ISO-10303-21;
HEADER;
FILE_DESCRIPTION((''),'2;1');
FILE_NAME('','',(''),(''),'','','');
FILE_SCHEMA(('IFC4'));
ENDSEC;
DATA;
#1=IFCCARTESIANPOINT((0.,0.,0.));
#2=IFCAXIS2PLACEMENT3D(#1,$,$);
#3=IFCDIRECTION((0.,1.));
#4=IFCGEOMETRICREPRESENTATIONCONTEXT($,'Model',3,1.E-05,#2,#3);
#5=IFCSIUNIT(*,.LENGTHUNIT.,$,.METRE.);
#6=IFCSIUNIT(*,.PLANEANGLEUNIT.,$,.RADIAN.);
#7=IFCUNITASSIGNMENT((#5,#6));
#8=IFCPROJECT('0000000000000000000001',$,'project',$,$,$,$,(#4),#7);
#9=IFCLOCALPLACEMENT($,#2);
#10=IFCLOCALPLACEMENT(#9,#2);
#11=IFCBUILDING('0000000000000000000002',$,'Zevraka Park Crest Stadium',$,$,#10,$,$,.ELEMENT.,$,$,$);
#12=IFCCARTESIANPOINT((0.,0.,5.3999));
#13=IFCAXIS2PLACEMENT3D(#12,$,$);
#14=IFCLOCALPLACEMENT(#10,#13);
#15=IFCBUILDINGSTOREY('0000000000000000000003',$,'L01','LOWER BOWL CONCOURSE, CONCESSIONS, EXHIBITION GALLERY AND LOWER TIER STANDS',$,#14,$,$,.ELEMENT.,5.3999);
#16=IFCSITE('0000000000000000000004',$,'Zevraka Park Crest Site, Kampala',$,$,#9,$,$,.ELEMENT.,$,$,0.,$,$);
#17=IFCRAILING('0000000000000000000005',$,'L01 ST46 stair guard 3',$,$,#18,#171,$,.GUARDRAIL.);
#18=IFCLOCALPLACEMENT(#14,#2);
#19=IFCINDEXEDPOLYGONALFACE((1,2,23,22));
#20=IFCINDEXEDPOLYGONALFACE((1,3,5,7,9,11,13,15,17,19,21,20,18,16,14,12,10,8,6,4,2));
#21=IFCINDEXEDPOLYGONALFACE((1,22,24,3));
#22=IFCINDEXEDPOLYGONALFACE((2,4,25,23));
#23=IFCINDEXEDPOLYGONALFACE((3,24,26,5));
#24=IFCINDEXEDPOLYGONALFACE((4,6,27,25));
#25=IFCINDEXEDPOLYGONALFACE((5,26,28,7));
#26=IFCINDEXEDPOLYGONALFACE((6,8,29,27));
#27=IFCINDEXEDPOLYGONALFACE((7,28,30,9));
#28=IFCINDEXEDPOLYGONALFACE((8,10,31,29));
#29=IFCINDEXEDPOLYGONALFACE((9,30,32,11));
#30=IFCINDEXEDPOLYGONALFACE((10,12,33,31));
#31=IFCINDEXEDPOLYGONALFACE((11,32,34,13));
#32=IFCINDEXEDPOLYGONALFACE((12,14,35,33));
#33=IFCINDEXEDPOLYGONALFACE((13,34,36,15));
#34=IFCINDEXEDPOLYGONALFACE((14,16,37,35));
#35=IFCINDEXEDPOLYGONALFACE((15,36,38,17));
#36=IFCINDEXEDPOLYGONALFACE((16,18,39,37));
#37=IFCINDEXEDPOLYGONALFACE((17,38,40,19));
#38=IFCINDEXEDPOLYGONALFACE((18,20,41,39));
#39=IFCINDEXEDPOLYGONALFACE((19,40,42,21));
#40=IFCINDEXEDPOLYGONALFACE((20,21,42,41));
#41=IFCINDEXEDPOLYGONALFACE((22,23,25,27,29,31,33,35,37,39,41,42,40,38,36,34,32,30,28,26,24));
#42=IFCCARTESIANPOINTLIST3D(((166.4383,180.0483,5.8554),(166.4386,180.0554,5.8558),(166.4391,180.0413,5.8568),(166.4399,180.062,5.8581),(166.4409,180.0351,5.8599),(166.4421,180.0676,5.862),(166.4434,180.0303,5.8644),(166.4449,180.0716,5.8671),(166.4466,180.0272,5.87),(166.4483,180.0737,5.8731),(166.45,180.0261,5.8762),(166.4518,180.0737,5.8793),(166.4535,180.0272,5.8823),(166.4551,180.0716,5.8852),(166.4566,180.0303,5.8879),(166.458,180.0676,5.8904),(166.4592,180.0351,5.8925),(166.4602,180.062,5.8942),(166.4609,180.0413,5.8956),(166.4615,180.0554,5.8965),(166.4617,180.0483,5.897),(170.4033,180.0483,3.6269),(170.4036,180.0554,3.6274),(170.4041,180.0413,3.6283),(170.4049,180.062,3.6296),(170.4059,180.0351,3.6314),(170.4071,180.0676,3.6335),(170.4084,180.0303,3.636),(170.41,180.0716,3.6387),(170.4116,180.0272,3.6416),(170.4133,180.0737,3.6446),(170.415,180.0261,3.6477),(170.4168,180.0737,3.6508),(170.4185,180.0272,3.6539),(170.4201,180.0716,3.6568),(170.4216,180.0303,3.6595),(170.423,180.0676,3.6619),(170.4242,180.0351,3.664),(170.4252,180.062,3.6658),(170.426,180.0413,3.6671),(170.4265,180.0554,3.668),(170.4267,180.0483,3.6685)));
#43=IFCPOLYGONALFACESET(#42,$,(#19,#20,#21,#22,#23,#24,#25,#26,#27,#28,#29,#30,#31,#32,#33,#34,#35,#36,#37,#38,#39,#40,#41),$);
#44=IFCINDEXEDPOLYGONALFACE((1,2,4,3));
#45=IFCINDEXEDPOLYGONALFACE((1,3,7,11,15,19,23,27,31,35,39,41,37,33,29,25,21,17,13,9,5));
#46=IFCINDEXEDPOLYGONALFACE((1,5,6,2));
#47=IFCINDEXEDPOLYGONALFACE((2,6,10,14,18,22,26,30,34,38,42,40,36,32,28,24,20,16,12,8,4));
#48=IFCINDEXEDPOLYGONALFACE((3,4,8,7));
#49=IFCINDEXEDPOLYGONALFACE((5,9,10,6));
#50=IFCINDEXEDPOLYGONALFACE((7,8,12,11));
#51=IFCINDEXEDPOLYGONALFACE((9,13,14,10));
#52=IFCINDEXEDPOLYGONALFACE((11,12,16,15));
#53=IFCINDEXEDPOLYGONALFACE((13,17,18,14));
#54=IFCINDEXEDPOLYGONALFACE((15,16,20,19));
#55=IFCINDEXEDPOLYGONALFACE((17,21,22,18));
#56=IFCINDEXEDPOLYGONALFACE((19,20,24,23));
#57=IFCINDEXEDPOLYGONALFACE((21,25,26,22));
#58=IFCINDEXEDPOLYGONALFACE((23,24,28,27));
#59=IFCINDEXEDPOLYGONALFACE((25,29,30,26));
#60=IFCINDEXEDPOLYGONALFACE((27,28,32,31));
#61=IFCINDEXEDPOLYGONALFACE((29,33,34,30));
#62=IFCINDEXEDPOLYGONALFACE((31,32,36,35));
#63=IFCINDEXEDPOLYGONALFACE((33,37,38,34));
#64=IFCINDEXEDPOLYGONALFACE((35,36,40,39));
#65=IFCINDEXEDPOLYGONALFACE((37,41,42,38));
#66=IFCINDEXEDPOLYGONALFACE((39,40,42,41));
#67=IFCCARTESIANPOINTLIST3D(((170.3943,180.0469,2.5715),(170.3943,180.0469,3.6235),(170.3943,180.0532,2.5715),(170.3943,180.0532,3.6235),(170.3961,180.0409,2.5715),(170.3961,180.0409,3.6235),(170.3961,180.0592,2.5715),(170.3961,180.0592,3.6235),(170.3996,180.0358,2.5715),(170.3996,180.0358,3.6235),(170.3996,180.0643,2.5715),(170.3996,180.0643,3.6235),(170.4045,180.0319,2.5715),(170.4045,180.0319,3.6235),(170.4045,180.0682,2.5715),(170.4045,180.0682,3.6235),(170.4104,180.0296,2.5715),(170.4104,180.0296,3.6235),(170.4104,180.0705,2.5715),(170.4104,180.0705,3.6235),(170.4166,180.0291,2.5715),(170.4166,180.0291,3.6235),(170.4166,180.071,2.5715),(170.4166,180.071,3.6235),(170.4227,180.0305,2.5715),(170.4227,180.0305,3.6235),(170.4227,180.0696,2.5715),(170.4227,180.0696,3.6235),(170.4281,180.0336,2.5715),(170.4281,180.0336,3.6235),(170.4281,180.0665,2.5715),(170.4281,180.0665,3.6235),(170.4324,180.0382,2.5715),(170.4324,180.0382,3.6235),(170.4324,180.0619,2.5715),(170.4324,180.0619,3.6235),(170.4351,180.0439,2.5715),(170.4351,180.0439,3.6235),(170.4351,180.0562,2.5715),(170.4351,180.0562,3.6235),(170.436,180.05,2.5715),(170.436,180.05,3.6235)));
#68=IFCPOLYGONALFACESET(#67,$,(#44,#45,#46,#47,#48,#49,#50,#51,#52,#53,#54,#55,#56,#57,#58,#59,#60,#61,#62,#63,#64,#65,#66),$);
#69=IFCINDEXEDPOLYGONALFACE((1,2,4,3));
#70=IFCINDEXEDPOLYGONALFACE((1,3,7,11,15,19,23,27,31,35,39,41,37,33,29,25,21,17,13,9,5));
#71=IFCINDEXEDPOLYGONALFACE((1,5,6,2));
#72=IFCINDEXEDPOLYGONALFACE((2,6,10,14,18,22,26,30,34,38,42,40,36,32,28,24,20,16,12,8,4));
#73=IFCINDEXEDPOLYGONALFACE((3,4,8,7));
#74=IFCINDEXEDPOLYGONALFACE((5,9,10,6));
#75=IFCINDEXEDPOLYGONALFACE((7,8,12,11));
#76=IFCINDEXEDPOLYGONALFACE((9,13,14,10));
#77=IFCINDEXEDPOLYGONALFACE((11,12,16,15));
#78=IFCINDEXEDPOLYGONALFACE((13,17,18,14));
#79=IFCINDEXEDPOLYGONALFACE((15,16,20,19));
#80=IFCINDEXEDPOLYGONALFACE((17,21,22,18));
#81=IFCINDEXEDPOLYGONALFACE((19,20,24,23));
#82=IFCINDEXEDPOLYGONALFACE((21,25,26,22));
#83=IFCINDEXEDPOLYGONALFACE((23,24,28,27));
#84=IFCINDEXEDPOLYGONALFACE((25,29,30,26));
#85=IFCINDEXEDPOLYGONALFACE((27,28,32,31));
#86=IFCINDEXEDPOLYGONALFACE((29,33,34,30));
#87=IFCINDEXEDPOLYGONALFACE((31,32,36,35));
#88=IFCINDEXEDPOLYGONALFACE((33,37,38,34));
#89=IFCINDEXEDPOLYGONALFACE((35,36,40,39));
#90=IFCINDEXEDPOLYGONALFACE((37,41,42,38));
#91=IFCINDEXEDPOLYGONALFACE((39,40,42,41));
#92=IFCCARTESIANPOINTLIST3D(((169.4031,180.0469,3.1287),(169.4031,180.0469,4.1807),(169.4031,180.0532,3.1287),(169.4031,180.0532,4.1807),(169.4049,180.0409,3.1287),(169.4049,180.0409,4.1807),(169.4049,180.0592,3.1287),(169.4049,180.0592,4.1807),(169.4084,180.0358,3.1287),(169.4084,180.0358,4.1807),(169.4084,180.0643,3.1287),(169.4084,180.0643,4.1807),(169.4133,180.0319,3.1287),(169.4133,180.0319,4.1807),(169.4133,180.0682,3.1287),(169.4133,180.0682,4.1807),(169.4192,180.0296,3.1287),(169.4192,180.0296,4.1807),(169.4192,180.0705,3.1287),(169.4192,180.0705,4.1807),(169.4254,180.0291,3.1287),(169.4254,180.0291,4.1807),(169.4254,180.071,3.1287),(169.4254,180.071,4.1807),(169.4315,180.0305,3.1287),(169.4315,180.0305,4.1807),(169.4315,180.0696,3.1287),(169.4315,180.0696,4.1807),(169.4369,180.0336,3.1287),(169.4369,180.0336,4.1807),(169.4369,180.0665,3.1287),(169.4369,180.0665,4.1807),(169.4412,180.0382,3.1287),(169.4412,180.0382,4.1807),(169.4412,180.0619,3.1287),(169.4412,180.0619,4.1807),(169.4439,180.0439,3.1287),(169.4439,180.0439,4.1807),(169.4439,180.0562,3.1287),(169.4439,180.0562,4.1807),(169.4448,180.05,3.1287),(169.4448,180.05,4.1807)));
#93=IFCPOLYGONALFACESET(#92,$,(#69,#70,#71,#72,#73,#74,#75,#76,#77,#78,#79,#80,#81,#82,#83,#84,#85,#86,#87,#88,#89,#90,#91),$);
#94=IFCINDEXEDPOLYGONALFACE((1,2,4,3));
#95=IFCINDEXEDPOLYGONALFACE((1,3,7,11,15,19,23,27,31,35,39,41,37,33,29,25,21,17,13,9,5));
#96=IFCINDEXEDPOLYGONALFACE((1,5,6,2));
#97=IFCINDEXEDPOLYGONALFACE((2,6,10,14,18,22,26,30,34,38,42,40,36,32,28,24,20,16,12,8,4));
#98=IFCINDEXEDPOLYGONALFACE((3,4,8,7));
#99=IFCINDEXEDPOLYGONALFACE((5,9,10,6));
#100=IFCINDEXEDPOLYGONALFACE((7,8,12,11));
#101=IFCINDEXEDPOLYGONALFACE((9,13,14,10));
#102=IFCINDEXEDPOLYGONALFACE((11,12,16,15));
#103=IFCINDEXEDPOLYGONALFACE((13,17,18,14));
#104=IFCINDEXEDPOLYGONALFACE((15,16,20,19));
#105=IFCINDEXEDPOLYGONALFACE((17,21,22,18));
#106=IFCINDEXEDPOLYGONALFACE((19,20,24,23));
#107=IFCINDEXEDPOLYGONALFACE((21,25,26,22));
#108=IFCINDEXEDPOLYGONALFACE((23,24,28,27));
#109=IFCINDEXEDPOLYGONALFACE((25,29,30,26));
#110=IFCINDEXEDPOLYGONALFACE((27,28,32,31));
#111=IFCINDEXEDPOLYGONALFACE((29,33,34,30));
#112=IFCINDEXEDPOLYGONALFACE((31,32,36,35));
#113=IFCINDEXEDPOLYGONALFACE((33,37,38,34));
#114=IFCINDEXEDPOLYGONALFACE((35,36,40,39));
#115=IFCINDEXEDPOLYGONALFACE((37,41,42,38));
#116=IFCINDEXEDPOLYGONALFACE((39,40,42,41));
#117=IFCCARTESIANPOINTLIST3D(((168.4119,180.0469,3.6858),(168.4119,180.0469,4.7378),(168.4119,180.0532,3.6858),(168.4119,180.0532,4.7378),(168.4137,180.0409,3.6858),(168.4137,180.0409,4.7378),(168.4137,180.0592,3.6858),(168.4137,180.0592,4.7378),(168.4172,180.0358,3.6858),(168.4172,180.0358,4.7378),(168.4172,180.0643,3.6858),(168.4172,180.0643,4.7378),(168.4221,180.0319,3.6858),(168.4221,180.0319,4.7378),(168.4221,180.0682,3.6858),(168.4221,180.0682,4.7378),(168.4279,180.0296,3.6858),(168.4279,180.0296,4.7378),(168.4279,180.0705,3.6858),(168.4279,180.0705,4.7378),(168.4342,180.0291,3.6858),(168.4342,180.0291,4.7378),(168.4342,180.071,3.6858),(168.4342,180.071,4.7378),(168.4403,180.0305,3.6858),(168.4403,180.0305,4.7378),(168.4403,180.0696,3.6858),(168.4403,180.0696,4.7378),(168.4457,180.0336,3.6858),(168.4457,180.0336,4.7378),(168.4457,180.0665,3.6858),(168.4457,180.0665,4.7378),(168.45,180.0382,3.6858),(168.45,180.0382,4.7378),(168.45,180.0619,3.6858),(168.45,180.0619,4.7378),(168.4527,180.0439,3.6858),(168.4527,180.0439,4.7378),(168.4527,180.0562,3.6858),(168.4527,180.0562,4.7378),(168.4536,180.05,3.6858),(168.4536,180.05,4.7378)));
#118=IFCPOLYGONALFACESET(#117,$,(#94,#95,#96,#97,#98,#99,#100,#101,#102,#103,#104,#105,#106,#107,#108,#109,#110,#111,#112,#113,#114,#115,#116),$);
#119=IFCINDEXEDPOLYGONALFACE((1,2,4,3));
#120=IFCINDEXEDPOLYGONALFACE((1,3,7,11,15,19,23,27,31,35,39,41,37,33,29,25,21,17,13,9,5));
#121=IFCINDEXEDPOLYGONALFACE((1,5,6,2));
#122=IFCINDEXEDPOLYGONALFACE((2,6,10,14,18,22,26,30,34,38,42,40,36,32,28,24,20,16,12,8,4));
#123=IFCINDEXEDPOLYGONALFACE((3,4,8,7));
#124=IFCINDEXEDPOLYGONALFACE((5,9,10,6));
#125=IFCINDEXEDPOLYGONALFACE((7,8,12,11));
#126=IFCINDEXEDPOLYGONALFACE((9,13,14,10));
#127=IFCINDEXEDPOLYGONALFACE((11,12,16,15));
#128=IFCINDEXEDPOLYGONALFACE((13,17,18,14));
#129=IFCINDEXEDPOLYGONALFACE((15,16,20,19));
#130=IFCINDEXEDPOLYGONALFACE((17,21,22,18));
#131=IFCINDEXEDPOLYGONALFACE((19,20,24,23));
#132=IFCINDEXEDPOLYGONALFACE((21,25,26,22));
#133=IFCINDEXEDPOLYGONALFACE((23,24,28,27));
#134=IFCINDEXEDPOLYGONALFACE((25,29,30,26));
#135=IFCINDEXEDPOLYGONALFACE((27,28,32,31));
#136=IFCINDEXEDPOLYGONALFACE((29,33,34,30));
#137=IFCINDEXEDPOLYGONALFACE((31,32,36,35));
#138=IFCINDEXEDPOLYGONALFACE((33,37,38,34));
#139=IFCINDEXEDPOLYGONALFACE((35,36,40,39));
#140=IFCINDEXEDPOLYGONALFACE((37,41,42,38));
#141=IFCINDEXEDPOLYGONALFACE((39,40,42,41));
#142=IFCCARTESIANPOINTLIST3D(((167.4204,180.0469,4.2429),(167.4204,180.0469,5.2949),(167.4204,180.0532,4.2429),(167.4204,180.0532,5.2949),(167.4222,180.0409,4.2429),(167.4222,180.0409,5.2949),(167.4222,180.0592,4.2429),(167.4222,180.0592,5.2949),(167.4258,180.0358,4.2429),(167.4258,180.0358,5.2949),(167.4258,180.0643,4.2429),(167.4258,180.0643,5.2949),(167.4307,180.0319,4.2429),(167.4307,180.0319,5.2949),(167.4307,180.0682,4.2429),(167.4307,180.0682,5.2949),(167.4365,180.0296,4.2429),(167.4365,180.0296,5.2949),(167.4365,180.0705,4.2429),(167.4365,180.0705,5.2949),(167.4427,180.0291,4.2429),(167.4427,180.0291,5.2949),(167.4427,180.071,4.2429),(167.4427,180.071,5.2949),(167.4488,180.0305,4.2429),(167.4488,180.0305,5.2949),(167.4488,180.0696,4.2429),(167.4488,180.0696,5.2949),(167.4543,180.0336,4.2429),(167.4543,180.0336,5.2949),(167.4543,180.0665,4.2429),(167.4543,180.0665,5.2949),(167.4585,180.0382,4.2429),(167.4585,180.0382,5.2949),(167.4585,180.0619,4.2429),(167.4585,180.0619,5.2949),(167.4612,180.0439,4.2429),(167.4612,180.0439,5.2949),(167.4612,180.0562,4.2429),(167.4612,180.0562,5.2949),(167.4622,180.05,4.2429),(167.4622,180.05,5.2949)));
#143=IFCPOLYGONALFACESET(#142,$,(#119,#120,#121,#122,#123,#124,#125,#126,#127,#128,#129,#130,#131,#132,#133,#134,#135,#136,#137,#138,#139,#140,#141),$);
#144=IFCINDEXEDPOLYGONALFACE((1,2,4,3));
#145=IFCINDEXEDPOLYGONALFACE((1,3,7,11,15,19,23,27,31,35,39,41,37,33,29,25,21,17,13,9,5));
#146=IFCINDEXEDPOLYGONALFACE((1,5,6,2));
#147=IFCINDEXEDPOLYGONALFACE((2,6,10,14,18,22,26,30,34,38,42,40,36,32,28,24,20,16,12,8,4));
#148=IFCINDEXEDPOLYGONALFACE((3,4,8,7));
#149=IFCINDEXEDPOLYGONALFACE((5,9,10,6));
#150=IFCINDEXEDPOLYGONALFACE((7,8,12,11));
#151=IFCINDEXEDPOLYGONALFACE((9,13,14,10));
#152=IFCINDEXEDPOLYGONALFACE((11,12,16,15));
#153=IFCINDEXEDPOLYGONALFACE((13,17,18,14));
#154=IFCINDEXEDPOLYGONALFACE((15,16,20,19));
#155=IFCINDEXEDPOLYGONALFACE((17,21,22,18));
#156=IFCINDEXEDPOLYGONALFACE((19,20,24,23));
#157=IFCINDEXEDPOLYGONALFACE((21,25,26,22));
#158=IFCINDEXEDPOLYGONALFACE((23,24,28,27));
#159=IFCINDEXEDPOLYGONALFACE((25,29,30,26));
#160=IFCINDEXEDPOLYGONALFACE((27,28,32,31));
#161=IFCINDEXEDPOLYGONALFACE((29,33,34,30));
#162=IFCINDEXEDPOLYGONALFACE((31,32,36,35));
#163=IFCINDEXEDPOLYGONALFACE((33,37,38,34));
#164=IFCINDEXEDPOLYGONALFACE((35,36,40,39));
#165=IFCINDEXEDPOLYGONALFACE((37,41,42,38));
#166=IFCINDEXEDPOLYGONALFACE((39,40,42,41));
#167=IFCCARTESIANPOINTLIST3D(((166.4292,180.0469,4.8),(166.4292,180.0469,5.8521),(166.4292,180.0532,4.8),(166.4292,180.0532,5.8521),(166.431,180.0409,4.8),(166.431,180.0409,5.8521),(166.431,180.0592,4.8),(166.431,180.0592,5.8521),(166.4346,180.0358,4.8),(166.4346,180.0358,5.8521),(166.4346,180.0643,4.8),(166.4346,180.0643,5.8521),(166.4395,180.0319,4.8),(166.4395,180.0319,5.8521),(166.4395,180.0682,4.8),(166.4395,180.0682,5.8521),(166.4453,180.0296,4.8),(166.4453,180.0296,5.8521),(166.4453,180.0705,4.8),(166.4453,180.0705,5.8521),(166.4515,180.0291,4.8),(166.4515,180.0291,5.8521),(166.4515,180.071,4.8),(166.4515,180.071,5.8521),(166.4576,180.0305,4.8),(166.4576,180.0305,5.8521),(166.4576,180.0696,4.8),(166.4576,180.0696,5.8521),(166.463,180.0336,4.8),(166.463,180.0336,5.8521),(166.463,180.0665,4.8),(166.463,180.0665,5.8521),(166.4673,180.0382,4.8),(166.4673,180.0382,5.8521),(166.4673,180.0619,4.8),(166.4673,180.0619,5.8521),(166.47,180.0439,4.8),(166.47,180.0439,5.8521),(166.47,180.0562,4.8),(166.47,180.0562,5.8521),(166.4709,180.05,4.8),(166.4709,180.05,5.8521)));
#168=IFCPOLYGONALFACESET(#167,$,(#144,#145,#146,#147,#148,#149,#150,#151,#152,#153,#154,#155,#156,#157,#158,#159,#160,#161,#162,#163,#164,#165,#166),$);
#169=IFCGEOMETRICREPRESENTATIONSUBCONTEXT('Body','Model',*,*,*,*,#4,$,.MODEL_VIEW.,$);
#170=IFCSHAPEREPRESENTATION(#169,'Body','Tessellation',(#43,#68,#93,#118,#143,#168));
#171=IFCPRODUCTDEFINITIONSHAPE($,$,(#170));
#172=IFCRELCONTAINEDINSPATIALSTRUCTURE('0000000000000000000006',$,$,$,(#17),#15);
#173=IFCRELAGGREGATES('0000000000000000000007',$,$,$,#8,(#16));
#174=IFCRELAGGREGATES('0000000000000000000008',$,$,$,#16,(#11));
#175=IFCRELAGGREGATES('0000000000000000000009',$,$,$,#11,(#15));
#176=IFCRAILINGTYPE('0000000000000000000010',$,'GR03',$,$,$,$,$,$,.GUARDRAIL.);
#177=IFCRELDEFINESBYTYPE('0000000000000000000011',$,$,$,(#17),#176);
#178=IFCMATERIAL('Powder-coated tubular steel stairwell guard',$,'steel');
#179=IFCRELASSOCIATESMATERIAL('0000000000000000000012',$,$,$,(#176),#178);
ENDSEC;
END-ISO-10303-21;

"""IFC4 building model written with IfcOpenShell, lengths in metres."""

from ifc_helpers import new_model, si_unit, direction, frame, origin, origin_2d, place, context, subcontext, project, spatial, circle, extrude, material, type_object, element, save


model = new_model("IFC4")

# Units and contexts
model_context = context("Model", 3, precision=1e-05, world=origin(), true_north=direction((0.0, 1.0)))
body_context = subcontext(model_context, "Body", "Model", "MODEL_VIEW")
ifc_project = project(units=[si_unit("LENGTHUNIT", "METRE"), si_unit("PLANEANGLEUNIT", "RADIAN")], contexts=[model_context])

# Site, building, storey
site_placement = place(None, origin())
site = spatial("IfcSite", under=ifc_project, at=site_placement, Name="Zevraka Park Crest Site, Kampala", CompositionType="ELEMENT", RefElevation=0.0)
building_placement = place(site_placement, origin())
building = spatial("IfcBuilding", under=site, at=building_placement, Name="Zevraka Park Crest Stadium", CompositionType="ELEMENT")
storey_placement = place(building_placement, frame((0.0, 0.0, 5.3999)))
storey = spatial("IfcBuildingStorey", under=building, at=storey_placement, Name="L01", Description="LOWER BOWL CONCOURSE, CONCESSIONS, EXHIBITION GALLERY AND LOWER TIER STANDS", CompositionType="ELEMENT", Elevation=5.3999)

# Railing
ifc_material_1 = material(Name="Powder-coated tubular steel stairwell guard", Category="steel")
railing_type_1 = type_object("IfcRailingType", Name="GR03", PredefinedType="GUARDRAIL", material=ifc_material_1)
railing_1_placement = place(storey_placement, frame((170.415, 180.05, 2.5715)))
element("IfcRailing", 1, at=railing_1_placement, inside=storey, type_object=railing_type_1, Name="L01 ST46 stair guard 3", PredefinedType="GUARDRAIL", context=body_context, shape_type="SweptSolid", body=[
    extrude(circle(Radius=0.0239, at=origin_2d()), frame((0.0, 0.0, 1.0762), z_axis=(-0.871749, 0.0, 0.489953), x_axis=(0.0, -1.0, 0.0)), (0.0, 0.0, 1.0), 4.5483),
    extrude(circle(Radius=0.021, at=origin_2d()), origin(), (0.0, 0.0, 1.0), 1.052),
    extrude(circle(Radius=0.021, at=origin_2d()), frame((-0.9912, 0.0, 0.5571)), (0.0, 0.0, 1.0), 1.052),
    extrude(circle(Radius=0.021, at=origin_2d()), frame((-1.9824, 0.0, 1.1143)), (0.0, 0.0, 1.0), 1.052),
    extrude(circle(Radius=0.021, at=origin_2d()), frame((-2.9739, 0.0, 1.6714)), (0.0, 0.0, 1.0), 1.052),
    extrude(circle(Radius=0.021, at=origin_2d()), frame((-3.9651, 0.0, 2.2285)), (0.0, 0.0, 1.0), 1.052),
])

save(model, "model.ifc")
